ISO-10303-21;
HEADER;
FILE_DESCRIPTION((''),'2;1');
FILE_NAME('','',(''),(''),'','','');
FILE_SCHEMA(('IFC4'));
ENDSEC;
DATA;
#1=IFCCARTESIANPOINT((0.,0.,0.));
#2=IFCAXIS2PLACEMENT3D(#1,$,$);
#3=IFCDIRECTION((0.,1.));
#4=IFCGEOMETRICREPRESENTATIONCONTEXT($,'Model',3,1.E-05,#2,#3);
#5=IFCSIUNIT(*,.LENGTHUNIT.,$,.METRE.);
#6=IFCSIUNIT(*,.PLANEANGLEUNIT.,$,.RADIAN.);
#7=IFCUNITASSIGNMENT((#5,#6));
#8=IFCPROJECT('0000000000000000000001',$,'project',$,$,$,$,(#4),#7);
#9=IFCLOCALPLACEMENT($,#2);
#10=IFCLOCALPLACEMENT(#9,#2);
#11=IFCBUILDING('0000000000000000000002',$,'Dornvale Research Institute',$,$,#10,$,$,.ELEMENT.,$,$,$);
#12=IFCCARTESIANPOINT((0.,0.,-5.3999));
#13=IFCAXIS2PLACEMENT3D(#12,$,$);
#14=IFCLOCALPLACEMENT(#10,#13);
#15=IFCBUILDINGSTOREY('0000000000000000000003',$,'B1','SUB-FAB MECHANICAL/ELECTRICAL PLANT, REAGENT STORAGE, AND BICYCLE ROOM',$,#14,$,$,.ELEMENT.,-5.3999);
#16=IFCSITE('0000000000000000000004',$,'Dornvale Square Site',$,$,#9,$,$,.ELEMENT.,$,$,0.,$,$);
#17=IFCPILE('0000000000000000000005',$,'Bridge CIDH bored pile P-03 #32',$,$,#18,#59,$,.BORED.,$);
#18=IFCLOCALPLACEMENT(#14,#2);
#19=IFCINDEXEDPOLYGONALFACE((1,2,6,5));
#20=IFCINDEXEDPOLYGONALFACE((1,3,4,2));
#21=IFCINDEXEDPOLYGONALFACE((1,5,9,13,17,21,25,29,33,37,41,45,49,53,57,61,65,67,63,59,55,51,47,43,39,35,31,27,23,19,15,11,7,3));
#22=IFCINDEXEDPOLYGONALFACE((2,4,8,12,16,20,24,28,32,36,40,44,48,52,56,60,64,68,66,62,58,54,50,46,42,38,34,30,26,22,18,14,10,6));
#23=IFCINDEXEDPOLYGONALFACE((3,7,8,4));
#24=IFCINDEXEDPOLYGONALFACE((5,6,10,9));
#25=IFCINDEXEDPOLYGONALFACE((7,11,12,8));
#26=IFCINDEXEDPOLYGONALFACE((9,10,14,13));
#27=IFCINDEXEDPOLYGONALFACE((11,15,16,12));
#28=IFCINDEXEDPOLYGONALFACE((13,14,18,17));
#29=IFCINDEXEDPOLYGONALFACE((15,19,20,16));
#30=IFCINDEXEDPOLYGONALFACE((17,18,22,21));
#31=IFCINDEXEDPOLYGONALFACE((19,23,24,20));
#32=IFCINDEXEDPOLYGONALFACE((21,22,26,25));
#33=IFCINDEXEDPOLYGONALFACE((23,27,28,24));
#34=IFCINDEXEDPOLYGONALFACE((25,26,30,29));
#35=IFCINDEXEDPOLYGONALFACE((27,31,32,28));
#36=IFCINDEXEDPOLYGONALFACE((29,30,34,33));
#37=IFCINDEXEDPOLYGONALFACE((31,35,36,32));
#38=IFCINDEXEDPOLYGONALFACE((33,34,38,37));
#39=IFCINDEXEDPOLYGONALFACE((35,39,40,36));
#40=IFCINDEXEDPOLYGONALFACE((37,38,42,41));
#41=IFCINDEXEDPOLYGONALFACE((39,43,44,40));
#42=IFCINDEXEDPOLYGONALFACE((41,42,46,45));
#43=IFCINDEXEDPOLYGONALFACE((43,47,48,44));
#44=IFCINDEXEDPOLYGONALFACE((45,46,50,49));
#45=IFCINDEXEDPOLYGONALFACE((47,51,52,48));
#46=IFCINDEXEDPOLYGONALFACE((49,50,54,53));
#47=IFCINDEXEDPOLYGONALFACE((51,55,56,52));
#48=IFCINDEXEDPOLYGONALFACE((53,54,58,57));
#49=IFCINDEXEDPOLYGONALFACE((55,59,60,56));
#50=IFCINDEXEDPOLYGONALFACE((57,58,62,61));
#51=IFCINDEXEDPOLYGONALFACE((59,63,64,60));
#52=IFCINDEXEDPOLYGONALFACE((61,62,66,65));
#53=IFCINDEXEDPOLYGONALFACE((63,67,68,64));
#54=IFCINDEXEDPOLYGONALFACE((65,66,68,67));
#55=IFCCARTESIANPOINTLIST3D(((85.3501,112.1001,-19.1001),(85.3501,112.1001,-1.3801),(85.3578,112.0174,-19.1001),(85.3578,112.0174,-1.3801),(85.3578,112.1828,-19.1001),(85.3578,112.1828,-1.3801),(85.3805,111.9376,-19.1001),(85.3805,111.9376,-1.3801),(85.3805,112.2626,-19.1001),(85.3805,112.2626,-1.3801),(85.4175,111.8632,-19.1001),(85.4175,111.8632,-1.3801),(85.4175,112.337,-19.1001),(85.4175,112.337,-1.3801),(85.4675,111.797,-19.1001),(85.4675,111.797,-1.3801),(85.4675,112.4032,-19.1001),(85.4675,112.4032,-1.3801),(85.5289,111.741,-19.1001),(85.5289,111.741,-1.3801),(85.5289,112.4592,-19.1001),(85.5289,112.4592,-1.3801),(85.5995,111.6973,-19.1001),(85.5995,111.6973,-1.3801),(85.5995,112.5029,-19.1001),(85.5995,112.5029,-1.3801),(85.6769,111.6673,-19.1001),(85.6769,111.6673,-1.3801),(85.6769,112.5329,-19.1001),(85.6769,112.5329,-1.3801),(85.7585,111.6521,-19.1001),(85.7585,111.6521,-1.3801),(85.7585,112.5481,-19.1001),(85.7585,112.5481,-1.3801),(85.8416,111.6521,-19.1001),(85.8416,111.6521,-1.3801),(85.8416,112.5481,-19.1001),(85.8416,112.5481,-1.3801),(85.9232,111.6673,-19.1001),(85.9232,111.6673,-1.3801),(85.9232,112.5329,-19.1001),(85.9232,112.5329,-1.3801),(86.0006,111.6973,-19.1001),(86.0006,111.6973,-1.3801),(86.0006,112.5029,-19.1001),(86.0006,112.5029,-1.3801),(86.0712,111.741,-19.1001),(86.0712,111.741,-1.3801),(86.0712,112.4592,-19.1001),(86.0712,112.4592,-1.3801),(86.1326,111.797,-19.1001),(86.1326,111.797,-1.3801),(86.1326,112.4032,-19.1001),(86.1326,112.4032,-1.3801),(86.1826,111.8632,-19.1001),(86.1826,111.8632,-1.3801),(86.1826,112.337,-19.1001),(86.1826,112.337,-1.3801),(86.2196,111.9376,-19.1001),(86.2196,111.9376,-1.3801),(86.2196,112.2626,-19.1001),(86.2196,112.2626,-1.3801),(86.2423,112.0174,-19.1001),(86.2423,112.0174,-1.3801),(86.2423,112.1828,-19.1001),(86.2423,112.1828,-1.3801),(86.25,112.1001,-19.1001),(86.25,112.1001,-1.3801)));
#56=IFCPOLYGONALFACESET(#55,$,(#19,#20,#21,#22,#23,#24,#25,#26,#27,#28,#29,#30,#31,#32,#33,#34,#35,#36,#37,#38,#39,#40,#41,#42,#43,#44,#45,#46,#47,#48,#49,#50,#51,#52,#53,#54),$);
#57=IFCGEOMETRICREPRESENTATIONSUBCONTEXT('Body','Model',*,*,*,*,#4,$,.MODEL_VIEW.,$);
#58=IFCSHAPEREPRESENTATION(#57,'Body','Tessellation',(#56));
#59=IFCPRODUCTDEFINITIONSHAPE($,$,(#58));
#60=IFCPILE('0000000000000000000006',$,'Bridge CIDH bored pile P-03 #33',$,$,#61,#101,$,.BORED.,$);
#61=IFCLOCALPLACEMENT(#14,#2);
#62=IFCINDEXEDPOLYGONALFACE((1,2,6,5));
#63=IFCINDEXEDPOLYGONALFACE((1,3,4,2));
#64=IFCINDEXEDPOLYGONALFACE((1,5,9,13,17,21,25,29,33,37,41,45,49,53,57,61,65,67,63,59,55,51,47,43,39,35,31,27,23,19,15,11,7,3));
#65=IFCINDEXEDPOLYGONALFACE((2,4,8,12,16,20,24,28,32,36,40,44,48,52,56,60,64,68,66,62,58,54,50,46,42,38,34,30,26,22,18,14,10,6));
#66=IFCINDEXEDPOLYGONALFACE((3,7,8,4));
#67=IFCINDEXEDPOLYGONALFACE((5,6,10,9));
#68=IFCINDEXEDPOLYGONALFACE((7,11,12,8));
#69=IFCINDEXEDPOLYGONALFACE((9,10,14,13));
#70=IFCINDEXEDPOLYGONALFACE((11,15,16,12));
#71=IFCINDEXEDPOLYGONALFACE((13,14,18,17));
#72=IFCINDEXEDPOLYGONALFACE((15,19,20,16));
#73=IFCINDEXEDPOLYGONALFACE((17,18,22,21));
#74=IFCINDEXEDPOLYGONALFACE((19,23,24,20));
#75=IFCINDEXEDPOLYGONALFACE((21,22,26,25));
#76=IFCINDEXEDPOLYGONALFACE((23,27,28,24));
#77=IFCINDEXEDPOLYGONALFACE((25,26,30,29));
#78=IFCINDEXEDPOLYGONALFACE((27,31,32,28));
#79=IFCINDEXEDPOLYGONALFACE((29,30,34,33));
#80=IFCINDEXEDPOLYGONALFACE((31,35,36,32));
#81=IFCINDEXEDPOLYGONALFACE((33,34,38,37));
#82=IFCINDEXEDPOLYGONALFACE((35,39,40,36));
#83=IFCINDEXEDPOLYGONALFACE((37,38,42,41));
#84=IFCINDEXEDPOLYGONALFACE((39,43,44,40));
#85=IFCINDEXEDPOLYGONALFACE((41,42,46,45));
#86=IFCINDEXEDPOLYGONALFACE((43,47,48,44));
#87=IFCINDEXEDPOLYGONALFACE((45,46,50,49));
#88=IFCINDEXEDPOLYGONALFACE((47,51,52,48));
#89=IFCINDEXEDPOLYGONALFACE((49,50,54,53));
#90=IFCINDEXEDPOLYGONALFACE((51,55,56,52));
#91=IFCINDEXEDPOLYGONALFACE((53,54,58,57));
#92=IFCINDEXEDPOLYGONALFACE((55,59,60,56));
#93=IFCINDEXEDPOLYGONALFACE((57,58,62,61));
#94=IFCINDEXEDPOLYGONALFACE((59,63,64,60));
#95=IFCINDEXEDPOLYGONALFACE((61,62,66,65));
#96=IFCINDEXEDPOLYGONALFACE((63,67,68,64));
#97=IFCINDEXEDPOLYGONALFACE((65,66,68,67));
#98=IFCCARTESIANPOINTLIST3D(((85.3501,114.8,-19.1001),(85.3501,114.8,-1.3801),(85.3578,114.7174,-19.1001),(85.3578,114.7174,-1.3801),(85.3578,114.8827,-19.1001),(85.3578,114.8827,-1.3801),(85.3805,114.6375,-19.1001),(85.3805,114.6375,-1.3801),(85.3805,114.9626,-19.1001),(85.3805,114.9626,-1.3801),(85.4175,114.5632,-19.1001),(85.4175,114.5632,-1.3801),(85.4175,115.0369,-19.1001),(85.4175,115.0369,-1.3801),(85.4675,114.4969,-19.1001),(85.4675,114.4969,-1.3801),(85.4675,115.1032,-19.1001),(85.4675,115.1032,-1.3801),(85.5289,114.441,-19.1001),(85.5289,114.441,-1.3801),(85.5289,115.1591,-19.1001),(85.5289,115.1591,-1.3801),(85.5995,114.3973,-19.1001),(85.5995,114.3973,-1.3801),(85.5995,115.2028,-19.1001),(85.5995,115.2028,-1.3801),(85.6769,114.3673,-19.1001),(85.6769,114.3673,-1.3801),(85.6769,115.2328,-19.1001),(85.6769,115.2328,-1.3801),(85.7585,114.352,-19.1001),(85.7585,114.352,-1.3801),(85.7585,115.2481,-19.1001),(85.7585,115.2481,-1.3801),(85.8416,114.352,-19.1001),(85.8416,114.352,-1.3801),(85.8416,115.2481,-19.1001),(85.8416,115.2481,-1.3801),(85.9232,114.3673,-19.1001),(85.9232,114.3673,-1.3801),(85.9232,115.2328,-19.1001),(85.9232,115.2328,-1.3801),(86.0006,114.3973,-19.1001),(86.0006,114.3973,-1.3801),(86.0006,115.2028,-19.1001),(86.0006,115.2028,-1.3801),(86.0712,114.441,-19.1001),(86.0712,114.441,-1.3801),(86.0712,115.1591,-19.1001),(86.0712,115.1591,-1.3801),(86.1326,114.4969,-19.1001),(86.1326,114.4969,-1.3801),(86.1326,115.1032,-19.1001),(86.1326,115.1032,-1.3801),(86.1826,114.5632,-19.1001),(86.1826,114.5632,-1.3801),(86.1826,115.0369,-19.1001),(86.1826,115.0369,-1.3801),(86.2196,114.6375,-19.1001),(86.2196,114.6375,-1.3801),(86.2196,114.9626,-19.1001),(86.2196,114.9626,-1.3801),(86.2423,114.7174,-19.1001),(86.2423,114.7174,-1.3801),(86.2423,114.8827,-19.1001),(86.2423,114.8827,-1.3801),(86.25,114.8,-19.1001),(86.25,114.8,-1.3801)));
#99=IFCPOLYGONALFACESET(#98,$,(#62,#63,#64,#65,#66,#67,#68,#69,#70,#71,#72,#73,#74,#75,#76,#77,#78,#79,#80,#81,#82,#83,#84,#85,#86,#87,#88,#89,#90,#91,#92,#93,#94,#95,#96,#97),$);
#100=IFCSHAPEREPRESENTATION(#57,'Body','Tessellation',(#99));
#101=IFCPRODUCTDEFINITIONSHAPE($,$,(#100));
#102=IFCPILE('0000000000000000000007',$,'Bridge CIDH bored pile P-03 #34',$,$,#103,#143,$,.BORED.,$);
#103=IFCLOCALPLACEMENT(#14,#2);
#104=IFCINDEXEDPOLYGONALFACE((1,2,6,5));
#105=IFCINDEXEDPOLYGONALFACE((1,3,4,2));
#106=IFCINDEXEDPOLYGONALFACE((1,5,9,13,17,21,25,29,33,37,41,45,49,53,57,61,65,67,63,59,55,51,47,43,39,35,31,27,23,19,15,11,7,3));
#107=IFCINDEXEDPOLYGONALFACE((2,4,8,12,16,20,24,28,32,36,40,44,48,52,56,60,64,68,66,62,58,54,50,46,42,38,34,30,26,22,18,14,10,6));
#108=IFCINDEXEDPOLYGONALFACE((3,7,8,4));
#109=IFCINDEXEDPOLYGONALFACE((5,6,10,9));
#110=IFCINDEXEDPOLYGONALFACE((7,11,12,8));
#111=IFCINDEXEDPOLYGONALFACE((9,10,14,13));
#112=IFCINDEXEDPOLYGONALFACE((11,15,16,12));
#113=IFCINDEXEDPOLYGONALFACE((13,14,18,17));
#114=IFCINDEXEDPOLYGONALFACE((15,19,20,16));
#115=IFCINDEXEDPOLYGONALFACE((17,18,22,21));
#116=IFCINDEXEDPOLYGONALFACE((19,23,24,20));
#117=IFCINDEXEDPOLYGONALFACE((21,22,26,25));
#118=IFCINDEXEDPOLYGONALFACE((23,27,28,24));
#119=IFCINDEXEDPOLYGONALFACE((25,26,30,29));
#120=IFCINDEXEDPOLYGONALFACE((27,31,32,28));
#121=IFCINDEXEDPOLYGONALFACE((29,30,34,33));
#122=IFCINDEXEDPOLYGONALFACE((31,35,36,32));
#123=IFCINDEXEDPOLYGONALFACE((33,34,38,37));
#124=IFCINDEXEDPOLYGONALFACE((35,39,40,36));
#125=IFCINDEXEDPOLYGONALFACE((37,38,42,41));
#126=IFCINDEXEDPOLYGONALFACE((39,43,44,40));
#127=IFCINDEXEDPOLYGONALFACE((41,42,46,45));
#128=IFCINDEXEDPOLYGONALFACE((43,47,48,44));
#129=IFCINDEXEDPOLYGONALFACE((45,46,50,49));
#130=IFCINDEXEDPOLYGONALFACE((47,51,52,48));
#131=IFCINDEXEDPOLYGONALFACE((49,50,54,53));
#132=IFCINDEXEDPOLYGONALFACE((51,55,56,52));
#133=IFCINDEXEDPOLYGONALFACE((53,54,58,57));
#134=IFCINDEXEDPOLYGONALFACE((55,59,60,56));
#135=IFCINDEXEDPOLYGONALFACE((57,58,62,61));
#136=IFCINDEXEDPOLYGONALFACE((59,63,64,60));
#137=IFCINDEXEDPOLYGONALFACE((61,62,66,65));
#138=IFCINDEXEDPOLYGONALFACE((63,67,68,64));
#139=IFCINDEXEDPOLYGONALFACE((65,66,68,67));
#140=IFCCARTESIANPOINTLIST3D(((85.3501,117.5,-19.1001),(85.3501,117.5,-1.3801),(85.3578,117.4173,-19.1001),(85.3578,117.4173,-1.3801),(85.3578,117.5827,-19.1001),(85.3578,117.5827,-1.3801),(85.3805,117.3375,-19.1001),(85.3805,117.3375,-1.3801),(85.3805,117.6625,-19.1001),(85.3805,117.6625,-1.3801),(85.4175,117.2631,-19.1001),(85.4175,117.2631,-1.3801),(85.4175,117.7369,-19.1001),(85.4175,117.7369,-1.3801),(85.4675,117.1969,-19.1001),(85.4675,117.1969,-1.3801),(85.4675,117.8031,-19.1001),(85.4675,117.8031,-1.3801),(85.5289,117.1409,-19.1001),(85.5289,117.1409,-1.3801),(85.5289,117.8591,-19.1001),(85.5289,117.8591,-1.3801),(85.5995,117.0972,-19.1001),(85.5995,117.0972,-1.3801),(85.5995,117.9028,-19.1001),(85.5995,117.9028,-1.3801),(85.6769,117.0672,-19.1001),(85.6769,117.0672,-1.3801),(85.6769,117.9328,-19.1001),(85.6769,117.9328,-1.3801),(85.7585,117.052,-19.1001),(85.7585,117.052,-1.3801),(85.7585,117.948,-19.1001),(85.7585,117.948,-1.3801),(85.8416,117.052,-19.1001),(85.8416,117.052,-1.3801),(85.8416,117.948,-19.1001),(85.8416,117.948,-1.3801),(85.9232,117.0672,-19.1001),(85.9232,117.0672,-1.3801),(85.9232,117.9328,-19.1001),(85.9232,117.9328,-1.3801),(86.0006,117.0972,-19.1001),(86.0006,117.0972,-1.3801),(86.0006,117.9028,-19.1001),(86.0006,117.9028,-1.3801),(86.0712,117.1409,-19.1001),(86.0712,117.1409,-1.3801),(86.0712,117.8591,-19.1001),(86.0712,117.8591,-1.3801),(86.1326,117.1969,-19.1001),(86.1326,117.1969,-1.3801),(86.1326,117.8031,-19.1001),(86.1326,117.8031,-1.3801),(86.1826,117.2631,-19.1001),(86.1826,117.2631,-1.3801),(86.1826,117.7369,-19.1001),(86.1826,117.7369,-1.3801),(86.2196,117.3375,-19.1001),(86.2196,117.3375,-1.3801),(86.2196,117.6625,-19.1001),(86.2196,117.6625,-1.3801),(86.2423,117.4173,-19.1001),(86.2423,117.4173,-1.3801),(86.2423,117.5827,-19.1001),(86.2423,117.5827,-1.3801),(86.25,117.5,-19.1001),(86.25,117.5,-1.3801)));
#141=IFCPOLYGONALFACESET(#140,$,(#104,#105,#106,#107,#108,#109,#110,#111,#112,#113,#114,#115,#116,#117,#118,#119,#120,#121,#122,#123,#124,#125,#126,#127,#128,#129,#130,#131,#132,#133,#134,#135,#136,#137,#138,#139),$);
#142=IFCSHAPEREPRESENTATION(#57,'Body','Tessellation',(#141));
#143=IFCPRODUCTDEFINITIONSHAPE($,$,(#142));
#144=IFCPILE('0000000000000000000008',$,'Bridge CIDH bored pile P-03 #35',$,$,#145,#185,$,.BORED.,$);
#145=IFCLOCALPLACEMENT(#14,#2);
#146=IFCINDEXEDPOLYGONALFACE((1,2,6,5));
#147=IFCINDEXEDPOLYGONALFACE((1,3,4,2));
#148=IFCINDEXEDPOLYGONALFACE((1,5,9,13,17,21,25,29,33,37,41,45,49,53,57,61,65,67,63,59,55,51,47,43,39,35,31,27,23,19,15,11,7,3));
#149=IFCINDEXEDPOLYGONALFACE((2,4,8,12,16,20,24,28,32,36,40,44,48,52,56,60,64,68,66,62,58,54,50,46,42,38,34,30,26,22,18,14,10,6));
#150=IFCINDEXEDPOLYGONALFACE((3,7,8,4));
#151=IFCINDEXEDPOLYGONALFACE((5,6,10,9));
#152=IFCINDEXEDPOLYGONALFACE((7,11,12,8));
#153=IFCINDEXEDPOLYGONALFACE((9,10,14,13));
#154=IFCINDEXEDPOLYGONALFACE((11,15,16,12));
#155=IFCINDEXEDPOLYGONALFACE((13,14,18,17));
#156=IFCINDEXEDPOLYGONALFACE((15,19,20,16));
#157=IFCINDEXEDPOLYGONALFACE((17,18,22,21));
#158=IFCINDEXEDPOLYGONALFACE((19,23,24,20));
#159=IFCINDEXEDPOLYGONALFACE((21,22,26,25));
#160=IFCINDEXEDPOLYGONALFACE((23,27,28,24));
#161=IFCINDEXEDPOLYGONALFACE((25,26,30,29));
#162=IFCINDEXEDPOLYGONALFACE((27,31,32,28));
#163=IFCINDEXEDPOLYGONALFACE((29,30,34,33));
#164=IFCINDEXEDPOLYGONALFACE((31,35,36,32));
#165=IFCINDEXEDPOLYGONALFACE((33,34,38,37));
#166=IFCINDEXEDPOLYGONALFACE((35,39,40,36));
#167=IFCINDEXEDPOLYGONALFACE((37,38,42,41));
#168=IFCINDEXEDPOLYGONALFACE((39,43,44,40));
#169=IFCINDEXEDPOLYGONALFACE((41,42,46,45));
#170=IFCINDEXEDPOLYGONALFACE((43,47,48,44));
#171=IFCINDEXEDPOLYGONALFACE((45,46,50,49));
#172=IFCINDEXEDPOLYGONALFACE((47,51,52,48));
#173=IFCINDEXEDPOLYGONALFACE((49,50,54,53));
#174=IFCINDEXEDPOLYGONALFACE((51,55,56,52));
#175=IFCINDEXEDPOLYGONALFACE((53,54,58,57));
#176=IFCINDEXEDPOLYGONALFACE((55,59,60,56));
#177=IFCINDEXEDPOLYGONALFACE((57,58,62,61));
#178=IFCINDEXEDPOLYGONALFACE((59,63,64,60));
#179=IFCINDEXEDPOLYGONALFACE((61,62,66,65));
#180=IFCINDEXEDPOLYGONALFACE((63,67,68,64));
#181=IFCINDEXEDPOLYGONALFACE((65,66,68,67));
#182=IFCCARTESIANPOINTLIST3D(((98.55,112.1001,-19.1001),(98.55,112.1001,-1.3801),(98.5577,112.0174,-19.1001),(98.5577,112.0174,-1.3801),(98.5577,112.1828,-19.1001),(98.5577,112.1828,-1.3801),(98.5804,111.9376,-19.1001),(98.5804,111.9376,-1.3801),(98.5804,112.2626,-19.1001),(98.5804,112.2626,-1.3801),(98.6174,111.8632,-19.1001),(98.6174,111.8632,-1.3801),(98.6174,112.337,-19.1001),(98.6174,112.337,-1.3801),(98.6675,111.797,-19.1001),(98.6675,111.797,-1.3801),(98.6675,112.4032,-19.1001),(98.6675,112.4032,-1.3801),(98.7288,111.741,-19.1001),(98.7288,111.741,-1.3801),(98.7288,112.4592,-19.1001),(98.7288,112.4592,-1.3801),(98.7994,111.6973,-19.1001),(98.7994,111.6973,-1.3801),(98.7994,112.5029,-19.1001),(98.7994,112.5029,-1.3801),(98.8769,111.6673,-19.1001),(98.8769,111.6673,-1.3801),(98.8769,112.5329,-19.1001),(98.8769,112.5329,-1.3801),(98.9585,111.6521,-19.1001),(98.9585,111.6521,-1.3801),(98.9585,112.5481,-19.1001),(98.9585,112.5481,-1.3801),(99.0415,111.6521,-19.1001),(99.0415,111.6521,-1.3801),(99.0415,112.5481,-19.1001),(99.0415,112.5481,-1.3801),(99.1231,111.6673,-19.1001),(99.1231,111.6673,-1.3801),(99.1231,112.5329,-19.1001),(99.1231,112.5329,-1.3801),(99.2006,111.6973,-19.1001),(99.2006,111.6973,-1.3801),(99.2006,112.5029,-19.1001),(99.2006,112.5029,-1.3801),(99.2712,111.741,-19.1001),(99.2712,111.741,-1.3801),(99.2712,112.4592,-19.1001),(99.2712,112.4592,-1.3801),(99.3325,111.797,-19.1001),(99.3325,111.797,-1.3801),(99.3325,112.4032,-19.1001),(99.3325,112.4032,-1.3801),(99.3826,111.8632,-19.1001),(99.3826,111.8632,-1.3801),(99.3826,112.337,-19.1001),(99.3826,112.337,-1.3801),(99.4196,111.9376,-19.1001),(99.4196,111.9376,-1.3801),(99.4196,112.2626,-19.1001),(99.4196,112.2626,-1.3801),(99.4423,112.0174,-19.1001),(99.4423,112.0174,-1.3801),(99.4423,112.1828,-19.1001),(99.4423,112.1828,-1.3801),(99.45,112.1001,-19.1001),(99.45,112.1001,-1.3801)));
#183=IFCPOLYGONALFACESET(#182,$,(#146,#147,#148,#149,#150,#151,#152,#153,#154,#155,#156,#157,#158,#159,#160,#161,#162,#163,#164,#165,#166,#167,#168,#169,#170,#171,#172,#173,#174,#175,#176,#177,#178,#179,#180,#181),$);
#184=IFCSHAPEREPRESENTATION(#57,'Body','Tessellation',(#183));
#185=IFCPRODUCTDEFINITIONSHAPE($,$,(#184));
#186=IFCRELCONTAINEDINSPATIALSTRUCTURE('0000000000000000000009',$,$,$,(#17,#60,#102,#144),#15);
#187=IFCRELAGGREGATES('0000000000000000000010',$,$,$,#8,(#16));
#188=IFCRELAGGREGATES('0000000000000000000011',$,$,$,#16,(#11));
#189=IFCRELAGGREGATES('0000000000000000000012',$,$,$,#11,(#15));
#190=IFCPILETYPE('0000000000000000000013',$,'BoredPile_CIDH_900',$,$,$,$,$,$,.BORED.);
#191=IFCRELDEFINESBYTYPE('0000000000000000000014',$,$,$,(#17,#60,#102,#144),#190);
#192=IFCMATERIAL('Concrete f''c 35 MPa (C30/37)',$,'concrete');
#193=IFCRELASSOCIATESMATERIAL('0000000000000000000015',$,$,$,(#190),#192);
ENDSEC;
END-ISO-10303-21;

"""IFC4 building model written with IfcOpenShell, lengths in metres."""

from ifc_helpers import new_model, si_unit, direction, frame, origin, origin_2d, place, context, subcontext, project, spatial, circle, extrude, material, material_profile, profile_set, type_object, element, save


model = new_model("IFC4")

# Units and contexts
model_context = context("Model", 3, precision=1e-05, world=origin(), true_north=direction((0.0, 1.0)))
body_context = subcontext(model_context, "Body", "Model", "MODEL_VIEW")
ifc_project = project(units=[si_unit("LENGTHUNIT", "METRE"), si_unit("PLANEANGLEUNIT", "RADIAN")], contexts=[model_context])

# Site, building, storey
site_placement = place(None, origin())
site = spatial("IfcSite", under=ifc_project, at=site_placement, Name="Dornvale Square Site", CompositionType="ELEMENT", RefElevation=0.0)
building_placement = place(site_placement, origin())
building = spatial("IfcBuilding", under=site, at=building_placement, Name="Dornvale Research Institute", CompositionType="ELEMENT")
storey_placement = place(building_placement, frame((0.0, 0.0, -5.3999)))
storey = spatial("IfcBuildingStorey", under=building, at=storey_placement, Name="B1", Description="SUB-FAB MECHANICAL/ELECTRICAL PLANT, REAGENT STORAGE, AND BICYCLE ROOM", CompositionType="ELEMENT", Elevation=-5.3999)

# Piles
ifc_material_1 = material(Name="Concrete f'c 35 MPa (C30/37)", Category="concrete")
ifc_material_profile_1 = material_profile(ifc_material_1, circle(Radius=0.45, at=origin_2d()), Name="CIDH PILE D900")
ifc_profile_set_1 = profile_set([ifc_material_profile_1], Name="Concrete f'c 35 MPa (C30/37)")
pile_type = type_object("IfcPileType", Name="BoredPile_CIDH_900", PredefinedType="BORED", material=ifc_profile_set_1)
for number, where, z_axis, x_axis, name in (
    (1, (85.8, 112.1001, -1.3801), (0.0, 0.0, -1.0), (1.0, 0.0, 0.0), "Bridge CIDH bored pile P-03 #32"),
    (2, (85.8, 114.8, -1.3801), (0.0, 0.0, -1.0), (1.0, 0.0, 0.0), "Bridge CIDH bored pile P-03 #33"),
    (3, (85.8, 117.5, -1.3801), (0.0, 0.0, -1.0), (1.0, 0.0, 0.0), "Bridge CIDH bored pile P-03 #34"),
    (4, (99.0, 112.1001, -1.3801), (0.0, 0.0, -1.0), (1.0, 0.0, 0.0), "Bridge CIDH bored pile P-03 #35"),
):
    element("IfcPile", number, at=place(storey_placement, frame(where, z_axis=z_axis, x_axis=x_axis)), inside=storey, type_object=pile_type, Name=name, PredefinedType="BORED", context=body_context, shape_type="SweptSolid", body=[
        extrude(circle(Radius=0.45, at=origin_2d()), origin(), (0.0, 0.0, 1.0), 17.72),
    ])

save(model, "model.ifc")
